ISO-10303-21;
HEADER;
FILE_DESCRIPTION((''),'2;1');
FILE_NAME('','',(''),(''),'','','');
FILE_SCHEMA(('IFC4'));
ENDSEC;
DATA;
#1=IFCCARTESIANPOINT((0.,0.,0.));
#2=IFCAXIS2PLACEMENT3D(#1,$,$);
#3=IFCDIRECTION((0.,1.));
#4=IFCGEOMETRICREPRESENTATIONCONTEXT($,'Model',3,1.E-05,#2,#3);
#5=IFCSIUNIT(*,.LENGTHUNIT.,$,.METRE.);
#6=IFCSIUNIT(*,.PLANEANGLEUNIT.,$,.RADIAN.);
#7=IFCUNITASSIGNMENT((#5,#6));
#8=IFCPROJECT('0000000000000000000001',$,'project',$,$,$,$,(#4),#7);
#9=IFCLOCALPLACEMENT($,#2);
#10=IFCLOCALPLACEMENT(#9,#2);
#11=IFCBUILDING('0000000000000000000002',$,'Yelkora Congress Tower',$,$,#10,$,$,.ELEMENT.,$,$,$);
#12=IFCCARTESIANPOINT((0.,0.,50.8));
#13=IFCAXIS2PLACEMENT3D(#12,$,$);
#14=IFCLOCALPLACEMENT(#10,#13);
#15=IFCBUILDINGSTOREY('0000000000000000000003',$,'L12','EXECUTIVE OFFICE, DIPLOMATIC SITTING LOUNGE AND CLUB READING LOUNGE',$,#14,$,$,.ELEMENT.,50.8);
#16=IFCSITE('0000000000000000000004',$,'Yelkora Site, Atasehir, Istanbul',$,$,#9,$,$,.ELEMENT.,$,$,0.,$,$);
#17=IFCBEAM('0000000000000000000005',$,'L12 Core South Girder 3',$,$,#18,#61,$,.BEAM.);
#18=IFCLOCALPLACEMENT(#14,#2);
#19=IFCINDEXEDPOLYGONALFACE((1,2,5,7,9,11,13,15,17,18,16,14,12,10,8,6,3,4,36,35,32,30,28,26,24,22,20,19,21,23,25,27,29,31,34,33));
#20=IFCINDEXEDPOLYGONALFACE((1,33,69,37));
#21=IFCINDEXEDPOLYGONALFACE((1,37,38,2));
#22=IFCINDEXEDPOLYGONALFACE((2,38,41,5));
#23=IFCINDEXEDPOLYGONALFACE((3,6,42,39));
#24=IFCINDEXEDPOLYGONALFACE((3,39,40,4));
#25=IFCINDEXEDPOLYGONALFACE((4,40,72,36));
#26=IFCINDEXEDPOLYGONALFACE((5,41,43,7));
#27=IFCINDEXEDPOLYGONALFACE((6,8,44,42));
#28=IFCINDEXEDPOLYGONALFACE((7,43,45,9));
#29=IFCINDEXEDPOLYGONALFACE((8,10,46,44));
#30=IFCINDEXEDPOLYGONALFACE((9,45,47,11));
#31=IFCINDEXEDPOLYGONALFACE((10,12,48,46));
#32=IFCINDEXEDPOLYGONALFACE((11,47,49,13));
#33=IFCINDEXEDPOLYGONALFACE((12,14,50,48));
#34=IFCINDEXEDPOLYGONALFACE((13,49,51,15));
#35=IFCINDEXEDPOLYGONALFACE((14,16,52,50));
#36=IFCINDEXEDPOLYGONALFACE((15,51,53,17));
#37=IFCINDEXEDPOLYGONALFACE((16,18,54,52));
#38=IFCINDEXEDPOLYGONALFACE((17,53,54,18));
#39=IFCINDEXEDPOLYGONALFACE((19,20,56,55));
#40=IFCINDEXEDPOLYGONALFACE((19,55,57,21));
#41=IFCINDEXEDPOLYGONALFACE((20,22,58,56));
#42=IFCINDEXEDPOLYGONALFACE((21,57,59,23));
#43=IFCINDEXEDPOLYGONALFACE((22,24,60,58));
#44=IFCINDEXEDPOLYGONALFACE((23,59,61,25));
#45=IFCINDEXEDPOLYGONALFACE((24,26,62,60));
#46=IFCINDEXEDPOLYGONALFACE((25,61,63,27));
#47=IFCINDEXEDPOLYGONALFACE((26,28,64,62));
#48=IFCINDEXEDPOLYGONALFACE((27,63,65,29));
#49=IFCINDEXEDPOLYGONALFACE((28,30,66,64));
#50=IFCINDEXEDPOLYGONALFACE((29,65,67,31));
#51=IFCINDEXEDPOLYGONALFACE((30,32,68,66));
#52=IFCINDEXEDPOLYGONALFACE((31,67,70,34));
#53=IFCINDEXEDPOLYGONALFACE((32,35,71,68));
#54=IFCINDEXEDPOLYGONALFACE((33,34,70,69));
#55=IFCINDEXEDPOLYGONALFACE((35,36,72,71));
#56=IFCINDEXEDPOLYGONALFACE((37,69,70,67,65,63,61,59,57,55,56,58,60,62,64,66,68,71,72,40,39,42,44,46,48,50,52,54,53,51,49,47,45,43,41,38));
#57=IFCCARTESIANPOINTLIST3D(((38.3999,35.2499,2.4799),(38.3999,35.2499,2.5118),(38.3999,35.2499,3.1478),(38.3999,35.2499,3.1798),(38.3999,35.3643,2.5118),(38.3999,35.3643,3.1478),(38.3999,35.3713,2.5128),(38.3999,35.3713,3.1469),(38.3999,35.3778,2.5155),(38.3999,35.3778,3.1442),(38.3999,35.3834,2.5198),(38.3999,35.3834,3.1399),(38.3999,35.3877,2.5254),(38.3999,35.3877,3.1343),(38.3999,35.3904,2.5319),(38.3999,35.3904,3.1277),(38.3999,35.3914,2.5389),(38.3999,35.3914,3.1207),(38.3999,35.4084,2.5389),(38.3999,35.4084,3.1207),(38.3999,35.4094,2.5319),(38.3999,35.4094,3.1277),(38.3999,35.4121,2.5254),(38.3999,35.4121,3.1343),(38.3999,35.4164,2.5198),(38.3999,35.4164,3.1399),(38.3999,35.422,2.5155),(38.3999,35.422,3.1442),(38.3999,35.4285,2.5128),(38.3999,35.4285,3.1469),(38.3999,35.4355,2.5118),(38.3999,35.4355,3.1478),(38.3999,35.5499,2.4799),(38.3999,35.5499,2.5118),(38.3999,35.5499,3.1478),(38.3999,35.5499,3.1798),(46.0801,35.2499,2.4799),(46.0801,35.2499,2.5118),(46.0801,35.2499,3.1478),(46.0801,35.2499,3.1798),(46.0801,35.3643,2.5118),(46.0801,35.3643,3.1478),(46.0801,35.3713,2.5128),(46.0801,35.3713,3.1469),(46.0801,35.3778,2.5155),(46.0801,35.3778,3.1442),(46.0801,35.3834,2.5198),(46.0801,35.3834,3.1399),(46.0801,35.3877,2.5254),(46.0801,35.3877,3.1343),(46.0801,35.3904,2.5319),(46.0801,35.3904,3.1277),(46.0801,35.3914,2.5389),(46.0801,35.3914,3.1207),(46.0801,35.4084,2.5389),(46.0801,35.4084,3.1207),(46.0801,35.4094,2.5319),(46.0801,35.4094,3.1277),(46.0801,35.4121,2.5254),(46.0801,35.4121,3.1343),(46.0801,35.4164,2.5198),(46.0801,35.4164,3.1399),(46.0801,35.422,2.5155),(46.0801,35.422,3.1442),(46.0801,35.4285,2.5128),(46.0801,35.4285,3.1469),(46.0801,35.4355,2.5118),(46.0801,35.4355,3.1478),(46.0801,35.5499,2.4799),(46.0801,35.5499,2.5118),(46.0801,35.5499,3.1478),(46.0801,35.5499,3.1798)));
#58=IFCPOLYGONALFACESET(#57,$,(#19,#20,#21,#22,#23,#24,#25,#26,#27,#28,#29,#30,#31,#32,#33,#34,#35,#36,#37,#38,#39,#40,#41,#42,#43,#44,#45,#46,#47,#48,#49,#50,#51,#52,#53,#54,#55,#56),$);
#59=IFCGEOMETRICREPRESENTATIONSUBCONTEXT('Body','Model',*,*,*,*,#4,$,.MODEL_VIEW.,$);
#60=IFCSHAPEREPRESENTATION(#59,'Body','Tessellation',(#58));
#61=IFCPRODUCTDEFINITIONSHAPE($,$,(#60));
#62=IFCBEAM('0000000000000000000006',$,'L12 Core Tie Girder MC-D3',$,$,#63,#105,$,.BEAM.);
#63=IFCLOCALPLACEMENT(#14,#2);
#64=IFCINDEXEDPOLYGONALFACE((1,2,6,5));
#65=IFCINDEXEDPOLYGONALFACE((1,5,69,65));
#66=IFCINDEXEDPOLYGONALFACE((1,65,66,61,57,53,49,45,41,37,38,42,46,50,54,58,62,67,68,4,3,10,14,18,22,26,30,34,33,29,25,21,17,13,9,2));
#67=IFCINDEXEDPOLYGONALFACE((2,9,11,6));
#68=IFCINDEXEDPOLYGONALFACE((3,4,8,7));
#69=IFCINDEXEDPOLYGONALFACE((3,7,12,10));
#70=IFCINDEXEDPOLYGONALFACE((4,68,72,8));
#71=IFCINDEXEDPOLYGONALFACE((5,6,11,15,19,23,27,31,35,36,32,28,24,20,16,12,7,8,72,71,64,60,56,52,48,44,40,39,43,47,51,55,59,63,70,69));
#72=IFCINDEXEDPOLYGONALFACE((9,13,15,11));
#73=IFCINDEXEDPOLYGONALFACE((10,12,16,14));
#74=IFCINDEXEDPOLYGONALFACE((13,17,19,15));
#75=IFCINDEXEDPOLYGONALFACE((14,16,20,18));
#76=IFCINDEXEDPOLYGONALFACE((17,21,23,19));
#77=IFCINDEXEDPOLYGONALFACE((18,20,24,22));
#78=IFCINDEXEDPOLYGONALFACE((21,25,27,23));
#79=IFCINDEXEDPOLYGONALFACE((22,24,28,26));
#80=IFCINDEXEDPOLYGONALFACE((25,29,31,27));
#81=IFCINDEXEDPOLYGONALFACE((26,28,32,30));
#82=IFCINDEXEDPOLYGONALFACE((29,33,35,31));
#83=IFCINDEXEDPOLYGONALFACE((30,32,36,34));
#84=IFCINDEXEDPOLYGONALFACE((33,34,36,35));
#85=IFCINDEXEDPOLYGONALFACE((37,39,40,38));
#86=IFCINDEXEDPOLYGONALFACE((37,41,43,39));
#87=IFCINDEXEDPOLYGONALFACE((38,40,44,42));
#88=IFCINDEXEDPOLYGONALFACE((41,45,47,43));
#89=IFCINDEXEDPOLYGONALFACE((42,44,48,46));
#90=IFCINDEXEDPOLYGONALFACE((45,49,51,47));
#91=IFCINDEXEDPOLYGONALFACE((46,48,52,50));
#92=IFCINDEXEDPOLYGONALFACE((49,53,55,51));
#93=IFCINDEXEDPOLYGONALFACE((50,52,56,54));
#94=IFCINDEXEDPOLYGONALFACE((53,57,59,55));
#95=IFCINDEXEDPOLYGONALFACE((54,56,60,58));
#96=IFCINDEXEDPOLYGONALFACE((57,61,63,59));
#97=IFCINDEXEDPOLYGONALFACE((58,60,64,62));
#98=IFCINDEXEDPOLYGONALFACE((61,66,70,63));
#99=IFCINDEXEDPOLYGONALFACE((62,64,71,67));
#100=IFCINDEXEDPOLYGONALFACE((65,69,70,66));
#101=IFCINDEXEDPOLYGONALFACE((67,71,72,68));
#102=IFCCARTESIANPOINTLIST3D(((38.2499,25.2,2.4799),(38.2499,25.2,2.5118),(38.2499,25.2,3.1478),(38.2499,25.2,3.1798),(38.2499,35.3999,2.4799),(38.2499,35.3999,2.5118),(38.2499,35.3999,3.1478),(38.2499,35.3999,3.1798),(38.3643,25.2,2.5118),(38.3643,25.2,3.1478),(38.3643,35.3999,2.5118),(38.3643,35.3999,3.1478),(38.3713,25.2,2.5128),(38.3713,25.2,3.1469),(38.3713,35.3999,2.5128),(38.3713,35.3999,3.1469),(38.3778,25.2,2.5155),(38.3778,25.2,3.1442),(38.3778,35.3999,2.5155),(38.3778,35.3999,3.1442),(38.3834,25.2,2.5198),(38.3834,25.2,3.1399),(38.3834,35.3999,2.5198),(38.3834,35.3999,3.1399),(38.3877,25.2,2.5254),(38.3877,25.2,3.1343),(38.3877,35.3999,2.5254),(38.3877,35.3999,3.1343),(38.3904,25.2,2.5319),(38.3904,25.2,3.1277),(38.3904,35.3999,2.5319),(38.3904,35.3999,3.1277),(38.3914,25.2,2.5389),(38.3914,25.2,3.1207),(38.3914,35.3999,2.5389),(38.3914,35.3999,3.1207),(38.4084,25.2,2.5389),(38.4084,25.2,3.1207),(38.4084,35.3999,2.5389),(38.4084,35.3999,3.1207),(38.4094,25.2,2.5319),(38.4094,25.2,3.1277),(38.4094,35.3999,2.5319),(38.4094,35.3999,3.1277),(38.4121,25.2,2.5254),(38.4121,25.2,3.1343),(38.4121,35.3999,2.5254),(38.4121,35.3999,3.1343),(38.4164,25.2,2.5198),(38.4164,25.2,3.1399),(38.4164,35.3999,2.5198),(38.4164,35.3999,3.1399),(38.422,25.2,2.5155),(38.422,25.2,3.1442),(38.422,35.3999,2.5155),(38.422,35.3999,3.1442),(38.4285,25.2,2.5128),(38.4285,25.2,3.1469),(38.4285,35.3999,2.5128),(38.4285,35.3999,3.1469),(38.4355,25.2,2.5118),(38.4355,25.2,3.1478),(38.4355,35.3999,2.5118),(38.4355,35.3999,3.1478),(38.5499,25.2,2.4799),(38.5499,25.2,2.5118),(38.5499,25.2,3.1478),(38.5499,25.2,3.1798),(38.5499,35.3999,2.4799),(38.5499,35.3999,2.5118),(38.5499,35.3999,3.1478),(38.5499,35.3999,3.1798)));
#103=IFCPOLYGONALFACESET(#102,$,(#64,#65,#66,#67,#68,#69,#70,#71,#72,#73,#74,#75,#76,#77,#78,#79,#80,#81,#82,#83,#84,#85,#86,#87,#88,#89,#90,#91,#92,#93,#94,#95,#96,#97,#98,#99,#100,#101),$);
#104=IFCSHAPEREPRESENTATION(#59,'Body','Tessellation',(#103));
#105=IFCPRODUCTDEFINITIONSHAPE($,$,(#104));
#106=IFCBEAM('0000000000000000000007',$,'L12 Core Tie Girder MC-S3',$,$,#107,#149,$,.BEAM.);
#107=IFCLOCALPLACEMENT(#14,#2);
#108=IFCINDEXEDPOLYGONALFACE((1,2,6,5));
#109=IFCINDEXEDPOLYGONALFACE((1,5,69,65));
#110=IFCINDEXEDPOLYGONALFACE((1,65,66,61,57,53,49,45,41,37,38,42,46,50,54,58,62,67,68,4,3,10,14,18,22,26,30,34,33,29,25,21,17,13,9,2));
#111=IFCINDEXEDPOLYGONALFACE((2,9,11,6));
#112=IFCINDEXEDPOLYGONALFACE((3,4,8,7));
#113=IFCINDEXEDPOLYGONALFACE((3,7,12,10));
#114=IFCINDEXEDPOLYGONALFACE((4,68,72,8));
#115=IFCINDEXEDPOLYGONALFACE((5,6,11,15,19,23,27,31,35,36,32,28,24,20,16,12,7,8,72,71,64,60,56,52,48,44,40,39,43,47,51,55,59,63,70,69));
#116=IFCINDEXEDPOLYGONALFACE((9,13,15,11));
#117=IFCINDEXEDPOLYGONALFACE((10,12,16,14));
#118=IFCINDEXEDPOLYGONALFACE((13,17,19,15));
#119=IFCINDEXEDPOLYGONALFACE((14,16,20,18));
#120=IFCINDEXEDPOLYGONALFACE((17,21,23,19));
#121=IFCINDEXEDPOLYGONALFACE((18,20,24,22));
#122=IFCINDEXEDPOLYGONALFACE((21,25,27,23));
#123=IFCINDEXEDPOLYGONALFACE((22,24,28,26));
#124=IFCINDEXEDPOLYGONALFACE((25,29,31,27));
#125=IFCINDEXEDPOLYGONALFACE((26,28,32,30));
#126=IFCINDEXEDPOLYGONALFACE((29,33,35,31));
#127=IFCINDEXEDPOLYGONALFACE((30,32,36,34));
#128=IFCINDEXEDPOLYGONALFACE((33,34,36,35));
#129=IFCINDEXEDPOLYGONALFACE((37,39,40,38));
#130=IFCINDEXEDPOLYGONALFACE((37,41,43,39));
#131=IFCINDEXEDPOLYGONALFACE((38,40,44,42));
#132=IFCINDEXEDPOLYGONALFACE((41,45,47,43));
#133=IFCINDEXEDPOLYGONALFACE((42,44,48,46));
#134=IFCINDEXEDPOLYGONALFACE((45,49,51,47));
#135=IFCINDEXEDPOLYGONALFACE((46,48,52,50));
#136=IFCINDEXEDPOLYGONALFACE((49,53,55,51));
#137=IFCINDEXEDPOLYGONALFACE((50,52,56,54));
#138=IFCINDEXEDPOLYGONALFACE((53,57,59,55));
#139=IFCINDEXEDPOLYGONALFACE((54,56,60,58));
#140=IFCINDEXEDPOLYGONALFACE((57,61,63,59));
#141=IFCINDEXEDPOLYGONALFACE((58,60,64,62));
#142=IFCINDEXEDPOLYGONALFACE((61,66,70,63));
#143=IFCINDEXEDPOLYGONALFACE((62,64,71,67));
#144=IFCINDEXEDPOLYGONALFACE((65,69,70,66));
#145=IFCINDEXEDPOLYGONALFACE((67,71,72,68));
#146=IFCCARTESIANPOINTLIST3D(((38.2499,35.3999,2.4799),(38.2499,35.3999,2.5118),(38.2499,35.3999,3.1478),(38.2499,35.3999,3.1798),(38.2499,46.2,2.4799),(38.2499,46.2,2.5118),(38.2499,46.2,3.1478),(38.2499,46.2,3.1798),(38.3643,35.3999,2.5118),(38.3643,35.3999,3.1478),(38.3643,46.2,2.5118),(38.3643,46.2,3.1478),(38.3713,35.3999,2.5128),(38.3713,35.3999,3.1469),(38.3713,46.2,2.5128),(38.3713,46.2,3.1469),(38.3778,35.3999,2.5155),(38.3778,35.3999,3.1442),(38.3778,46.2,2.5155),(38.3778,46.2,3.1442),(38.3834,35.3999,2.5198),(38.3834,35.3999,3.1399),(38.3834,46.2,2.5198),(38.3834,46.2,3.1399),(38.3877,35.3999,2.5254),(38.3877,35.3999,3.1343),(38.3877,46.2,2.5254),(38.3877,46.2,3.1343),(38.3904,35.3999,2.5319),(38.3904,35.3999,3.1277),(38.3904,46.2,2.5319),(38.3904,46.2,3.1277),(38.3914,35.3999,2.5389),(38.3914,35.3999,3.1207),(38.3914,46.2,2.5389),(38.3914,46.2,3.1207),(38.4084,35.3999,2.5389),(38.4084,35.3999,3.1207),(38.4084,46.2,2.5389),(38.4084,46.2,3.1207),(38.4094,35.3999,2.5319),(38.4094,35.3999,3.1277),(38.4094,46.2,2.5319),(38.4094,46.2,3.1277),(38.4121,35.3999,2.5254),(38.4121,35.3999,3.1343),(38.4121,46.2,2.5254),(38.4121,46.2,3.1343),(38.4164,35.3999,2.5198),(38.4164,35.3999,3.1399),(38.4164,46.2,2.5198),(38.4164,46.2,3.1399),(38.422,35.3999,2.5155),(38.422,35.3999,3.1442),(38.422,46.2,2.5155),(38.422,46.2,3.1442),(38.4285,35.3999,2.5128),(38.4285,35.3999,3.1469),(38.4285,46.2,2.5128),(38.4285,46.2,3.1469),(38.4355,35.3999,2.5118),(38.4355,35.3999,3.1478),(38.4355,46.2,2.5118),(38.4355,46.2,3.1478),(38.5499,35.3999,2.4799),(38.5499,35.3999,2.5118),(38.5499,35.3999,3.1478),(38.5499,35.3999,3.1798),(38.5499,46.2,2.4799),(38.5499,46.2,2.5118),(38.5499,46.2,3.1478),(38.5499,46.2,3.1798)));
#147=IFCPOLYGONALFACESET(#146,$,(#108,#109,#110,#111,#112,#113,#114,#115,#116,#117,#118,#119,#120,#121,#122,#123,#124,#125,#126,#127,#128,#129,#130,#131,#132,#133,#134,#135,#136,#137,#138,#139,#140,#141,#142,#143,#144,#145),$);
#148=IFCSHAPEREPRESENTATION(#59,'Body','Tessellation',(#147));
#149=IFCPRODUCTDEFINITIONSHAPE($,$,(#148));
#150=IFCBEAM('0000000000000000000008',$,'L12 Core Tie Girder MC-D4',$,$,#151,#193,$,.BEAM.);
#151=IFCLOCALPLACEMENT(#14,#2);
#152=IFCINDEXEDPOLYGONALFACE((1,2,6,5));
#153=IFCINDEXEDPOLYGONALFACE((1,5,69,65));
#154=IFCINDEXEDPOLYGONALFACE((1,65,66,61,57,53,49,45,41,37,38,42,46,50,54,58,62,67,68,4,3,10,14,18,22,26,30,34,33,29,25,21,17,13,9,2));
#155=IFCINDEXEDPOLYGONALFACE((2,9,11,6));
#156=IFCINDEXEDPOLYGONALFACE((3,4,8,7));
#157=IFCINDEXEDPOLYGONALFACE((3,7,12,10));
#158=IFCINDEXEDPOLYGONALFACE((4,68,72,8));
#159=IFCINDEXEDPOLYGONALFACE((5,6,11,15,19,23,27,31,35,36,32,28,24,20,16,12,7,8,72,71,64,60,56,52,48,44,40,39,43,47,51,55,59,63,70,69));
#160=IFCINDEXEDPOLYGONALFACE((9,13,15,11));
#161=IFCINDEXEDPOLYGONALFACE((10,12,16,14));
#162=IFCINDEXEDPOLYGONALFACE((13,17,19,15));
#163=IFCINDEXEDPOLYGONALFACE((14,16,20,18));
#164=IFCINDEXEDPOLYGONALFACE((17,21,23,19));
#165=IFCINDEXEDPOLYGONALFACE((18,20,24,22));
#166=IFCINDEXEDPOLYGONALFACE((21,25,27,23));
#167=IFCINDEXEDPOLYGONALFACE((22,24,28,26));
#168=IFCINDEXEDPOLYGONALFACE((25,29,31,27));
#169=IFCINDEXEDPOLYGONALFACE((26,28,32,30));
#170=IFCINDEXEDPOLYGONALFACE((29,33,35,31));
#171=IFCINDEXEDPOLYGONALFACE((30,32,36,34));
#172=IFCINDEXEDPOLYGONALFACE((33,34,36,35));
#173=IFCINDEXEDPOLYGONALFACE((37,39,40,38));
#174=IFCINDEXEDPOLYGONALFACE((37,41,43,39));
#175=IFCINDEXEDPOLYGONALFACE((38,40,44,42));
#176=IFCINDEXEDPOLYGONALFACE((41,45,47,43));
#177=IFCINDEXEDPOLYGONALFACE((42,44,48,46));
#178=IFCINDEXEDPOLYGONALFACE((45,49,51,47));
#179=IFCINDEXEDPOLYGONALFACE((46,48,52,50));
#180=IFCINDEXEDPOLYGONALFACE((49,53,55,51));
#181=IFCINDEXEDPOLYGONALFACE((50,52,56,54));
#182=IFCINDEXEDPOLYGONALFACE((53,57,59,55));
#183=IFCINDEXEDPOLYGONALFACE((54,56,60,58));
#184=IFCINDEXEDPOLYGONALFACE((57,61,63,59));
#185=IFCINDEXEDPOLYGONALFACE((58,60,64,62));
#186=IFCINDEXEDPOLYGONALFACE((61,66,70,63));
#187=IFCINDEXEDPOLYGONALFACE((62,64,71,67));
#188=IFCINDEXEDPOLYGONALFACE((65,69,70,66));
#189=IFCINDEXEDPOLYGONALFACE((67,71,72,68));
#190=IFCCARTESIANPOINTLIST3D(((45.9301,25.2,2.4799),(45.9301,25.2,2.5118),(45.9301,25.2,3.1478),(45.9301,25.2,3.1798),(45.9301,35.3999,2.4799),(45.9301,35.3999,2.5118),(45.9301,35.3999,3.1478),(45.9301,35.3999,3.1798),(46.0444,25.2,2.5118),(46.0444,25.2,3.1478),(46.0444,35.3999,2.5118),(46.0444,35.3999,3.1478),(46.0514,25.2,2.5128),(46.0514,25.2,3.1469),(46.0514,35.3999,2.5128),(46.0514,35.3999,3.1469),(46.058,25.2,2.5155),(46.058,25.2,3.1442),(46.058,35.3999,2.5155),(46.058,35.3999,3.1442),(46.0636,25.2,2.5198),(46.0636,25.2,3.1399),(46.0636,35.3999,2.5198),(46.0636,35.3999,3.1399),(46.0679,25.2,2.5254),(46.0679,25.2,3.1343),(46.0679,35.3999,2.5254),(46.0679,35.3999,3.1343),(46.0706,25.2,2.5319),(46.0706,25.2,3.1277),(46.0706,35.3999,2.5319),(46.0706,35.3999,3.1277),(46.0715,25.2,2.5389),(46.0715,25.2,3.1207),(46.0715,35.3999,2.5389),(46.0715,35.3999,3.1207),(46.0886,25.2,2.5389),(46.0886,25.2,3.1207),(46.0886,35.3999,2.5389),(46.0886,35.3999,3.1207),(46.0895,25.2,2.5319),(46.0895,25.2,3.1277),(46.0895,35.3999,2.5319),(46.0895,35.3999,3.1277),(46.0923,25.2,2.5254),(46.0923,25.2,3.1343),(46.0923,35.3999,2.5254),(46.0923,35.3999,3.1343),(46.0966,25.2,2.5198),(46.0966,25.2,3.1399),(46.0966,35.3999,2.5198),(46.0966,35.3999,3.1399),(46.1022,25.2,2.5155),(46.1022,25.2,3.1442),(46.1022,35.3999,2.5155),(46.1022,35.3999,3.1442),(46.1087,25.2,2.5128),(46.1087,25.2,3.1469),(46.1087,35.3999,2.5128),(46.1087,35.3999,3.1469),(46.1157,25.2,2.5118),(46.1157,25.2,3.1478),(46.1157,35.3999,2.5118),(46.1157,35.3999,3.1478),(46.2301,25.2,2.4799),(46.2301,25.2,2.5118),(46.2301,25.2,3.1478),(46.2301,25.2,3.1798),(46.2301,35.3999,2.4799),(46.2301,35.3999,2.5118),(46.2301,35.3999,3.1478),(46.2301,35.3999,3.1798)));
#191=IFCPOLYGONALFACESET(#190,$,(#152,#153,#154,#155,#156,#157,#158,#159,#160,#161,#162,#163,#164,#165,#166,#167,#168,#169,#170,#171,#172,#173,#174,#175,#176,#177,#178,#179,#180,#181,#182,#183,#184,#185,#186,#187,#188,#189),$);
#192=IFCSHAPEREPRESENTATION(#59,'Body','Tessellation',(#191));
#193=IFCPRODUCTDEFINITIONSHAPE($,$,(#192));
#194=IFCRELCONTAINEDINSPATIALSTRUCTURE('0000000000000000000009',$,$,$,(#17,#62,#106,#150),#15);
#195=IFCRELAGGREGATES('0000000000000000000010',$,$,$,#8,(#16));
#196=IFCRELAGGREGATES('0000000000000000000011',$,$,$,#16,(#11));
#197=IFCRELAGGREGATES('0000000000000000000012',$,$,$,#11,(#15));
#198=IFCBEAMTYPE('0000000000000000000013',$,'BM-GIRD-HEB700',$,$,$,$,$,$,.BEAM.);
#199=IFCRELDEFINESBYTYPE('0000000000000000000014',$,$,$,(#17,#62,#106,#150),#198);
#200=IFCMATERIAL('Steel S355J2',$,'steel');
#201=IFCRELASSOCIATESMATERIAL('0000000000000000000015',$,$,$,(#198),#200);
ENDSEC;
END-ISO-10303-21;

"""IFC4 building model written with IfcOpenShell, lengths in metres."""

from ifc_helpers import new_model, si_unit, direction, frame, origin, origin_2d, place, context, subcontext, project, spatial, i_section, extrude, material, material_profile, profile_set, type_object, element, save


model = new_model("IFC4")

# Units and contexts
model_context = context("Model", 3, precision=1e-05, world=origin(), true_north=direction((0.0, 1.0)))
body_context = subcontext(model_context, "Body", "Model", "MODEL_VIEW")
ifc_project = project(units=[si_unit("LENGTHUNIT", "METRE"), si_unit("PLANEANGLEUNIT", "RADIAN")], contexts=[model_context])

# Site, building, storey
site_placement = place(None, origin())
site = spatial("IfcSite", under=ifc_project, at=site_placement, Name="Yelkora Site, Atasehir, Istanbul", CompositionType="ELEMENT", RefElevation=0.0)
building_placement = place(site_placement, origin())
building = spatial("IfcBuilding", under=site, at=building_placement, Name="Yelkora Congress Tower", CompositionType="ELEMENT")
storey_placement = place(building_placement, frame((0.0, 0.0, 50.8)))
storey = spatial("IfcBuildingStorey", under=building, at=storey_placement, Name="L12", Description="EXECUTIVE OFFICE, DIPLOMATIC SITTING LOUNGE AND CLUB READING LOUNGE", CompositionType="ELEMENT", Elevation=50.8)

# Beams
ifc_material_1 = material(Name="Steel S355J2", Category="steel")
ifc_material_profile_1 = material_profile(ifc_material_1, i_section(OverallWidth=0.3, OverallDepth=0.7, WebThickness=0.0171, FlangeThickness=0.032, FilletRadius=0.0271, at=origin_2d()), Name="HEB 700")
ifc_profile_set_1 = profile_set([ifc_material_profile_1], Name="Steel S355J2")
beam_type_1 = type_object("IfcBeamType", Name="BM-GIRD-HEB700", PredefinedType="BEAM", material=ifc_profile_set_1)
beam_1_placement = place(storey_placement, frame((38.3999, 35.3999, 2.8298), z_axis=(1.0, 0.0, 0.0), x_axis=(0.0, 1.0, 0.0)))
element("IfcBeam", 1, at=beam_1_placement, inside=storey, type_object=beam_type_1, Name="L12 Core South Girder 3", PredefinedType="BEAM", context=body_context, shape_type="SweptSolid", body=[
    extrude(i_section(OverallWidth=0.3, OverallDepth=0.7, WebThickness=0.0171, FlangeThickness=0.032, FilletRadius=0.0271, at=origin_2d()), origin(), (0.0, 0.0, 1.0), 7.6802),
])
beam_2_placement = place(storey_placement, frame((38.3999, 25.2, 2.8298), z_axis=(0.0, 1.0, 0.0), x_axis=(-1.0, 0.0, 0.0)))
element("IfcBeam", 2, at=beam_2_placement, inside=storey, type_object=beam_type_1, Name="L12 Core Tie Girder MC-D3", PredefinedType="BEAM", context=body_context, shape_type="SweptSolid", body=[
    extrude(i_section(OverallWidth=0.3, OverallDepth=0.7, WebThickness=0.0171, FlangeThickness=0.032, FilletRadius=0.0271, at=origin_2d()), origin(), (0.0, 0.0, 1.0), 10.2),
])
beam_3_placement = place(storey_placement, frame((38.3999, 35.3999, 2.8298), z_axis=(0.0, 1.0, 0.0), x_axis=(-1.0, 0.0, 0.0)))
element("IfcBeam", 3, at=beam_3_placement, inside=storey, type_object=beam_type_1, Name="L12 Core Tie Girder MC-S3", PredefinedType="BEAM", context=body_context, shape_type="SweptSolid", body=[
    extrude(i_section(OverallWidth=0.3, OverallDepth=0.7, WebThickness=0.0171, FlangeThickness=0.032, FilletRadius=0.0271, at=origin_2d()), origin(), (0.0, 0.0, 1.0), 10.8),
])
for number, where, z_axis, x_axis, name in (
    (4, (46.0801, 25.2, 2.8298), (0.0, 1.0, 0.0), (-1.0, 0.0, 0.0), "L12 Core Tie Girder MC-D4"),
):
    element("IfcBeam", number, at=place(storey_placement, frame(where, z_axis=z_axis, x_axis=x_axis)), inside=storey, type_object=beam_type_1, Name=name, PredefinedType="BEAM", context=body_context, shape_type="SweptSolid", body=[
        extrude(i_section(OverallWidth=0.3, OverallDepth=0.7, WebThickness=0.0171, FlangeThickness=0.032, FilletRadius=0.0271, at=origin_2d()), origin(), (0.0, 0.0, 1.0), 10.2),
    ])

save(model, "model.ifc")
